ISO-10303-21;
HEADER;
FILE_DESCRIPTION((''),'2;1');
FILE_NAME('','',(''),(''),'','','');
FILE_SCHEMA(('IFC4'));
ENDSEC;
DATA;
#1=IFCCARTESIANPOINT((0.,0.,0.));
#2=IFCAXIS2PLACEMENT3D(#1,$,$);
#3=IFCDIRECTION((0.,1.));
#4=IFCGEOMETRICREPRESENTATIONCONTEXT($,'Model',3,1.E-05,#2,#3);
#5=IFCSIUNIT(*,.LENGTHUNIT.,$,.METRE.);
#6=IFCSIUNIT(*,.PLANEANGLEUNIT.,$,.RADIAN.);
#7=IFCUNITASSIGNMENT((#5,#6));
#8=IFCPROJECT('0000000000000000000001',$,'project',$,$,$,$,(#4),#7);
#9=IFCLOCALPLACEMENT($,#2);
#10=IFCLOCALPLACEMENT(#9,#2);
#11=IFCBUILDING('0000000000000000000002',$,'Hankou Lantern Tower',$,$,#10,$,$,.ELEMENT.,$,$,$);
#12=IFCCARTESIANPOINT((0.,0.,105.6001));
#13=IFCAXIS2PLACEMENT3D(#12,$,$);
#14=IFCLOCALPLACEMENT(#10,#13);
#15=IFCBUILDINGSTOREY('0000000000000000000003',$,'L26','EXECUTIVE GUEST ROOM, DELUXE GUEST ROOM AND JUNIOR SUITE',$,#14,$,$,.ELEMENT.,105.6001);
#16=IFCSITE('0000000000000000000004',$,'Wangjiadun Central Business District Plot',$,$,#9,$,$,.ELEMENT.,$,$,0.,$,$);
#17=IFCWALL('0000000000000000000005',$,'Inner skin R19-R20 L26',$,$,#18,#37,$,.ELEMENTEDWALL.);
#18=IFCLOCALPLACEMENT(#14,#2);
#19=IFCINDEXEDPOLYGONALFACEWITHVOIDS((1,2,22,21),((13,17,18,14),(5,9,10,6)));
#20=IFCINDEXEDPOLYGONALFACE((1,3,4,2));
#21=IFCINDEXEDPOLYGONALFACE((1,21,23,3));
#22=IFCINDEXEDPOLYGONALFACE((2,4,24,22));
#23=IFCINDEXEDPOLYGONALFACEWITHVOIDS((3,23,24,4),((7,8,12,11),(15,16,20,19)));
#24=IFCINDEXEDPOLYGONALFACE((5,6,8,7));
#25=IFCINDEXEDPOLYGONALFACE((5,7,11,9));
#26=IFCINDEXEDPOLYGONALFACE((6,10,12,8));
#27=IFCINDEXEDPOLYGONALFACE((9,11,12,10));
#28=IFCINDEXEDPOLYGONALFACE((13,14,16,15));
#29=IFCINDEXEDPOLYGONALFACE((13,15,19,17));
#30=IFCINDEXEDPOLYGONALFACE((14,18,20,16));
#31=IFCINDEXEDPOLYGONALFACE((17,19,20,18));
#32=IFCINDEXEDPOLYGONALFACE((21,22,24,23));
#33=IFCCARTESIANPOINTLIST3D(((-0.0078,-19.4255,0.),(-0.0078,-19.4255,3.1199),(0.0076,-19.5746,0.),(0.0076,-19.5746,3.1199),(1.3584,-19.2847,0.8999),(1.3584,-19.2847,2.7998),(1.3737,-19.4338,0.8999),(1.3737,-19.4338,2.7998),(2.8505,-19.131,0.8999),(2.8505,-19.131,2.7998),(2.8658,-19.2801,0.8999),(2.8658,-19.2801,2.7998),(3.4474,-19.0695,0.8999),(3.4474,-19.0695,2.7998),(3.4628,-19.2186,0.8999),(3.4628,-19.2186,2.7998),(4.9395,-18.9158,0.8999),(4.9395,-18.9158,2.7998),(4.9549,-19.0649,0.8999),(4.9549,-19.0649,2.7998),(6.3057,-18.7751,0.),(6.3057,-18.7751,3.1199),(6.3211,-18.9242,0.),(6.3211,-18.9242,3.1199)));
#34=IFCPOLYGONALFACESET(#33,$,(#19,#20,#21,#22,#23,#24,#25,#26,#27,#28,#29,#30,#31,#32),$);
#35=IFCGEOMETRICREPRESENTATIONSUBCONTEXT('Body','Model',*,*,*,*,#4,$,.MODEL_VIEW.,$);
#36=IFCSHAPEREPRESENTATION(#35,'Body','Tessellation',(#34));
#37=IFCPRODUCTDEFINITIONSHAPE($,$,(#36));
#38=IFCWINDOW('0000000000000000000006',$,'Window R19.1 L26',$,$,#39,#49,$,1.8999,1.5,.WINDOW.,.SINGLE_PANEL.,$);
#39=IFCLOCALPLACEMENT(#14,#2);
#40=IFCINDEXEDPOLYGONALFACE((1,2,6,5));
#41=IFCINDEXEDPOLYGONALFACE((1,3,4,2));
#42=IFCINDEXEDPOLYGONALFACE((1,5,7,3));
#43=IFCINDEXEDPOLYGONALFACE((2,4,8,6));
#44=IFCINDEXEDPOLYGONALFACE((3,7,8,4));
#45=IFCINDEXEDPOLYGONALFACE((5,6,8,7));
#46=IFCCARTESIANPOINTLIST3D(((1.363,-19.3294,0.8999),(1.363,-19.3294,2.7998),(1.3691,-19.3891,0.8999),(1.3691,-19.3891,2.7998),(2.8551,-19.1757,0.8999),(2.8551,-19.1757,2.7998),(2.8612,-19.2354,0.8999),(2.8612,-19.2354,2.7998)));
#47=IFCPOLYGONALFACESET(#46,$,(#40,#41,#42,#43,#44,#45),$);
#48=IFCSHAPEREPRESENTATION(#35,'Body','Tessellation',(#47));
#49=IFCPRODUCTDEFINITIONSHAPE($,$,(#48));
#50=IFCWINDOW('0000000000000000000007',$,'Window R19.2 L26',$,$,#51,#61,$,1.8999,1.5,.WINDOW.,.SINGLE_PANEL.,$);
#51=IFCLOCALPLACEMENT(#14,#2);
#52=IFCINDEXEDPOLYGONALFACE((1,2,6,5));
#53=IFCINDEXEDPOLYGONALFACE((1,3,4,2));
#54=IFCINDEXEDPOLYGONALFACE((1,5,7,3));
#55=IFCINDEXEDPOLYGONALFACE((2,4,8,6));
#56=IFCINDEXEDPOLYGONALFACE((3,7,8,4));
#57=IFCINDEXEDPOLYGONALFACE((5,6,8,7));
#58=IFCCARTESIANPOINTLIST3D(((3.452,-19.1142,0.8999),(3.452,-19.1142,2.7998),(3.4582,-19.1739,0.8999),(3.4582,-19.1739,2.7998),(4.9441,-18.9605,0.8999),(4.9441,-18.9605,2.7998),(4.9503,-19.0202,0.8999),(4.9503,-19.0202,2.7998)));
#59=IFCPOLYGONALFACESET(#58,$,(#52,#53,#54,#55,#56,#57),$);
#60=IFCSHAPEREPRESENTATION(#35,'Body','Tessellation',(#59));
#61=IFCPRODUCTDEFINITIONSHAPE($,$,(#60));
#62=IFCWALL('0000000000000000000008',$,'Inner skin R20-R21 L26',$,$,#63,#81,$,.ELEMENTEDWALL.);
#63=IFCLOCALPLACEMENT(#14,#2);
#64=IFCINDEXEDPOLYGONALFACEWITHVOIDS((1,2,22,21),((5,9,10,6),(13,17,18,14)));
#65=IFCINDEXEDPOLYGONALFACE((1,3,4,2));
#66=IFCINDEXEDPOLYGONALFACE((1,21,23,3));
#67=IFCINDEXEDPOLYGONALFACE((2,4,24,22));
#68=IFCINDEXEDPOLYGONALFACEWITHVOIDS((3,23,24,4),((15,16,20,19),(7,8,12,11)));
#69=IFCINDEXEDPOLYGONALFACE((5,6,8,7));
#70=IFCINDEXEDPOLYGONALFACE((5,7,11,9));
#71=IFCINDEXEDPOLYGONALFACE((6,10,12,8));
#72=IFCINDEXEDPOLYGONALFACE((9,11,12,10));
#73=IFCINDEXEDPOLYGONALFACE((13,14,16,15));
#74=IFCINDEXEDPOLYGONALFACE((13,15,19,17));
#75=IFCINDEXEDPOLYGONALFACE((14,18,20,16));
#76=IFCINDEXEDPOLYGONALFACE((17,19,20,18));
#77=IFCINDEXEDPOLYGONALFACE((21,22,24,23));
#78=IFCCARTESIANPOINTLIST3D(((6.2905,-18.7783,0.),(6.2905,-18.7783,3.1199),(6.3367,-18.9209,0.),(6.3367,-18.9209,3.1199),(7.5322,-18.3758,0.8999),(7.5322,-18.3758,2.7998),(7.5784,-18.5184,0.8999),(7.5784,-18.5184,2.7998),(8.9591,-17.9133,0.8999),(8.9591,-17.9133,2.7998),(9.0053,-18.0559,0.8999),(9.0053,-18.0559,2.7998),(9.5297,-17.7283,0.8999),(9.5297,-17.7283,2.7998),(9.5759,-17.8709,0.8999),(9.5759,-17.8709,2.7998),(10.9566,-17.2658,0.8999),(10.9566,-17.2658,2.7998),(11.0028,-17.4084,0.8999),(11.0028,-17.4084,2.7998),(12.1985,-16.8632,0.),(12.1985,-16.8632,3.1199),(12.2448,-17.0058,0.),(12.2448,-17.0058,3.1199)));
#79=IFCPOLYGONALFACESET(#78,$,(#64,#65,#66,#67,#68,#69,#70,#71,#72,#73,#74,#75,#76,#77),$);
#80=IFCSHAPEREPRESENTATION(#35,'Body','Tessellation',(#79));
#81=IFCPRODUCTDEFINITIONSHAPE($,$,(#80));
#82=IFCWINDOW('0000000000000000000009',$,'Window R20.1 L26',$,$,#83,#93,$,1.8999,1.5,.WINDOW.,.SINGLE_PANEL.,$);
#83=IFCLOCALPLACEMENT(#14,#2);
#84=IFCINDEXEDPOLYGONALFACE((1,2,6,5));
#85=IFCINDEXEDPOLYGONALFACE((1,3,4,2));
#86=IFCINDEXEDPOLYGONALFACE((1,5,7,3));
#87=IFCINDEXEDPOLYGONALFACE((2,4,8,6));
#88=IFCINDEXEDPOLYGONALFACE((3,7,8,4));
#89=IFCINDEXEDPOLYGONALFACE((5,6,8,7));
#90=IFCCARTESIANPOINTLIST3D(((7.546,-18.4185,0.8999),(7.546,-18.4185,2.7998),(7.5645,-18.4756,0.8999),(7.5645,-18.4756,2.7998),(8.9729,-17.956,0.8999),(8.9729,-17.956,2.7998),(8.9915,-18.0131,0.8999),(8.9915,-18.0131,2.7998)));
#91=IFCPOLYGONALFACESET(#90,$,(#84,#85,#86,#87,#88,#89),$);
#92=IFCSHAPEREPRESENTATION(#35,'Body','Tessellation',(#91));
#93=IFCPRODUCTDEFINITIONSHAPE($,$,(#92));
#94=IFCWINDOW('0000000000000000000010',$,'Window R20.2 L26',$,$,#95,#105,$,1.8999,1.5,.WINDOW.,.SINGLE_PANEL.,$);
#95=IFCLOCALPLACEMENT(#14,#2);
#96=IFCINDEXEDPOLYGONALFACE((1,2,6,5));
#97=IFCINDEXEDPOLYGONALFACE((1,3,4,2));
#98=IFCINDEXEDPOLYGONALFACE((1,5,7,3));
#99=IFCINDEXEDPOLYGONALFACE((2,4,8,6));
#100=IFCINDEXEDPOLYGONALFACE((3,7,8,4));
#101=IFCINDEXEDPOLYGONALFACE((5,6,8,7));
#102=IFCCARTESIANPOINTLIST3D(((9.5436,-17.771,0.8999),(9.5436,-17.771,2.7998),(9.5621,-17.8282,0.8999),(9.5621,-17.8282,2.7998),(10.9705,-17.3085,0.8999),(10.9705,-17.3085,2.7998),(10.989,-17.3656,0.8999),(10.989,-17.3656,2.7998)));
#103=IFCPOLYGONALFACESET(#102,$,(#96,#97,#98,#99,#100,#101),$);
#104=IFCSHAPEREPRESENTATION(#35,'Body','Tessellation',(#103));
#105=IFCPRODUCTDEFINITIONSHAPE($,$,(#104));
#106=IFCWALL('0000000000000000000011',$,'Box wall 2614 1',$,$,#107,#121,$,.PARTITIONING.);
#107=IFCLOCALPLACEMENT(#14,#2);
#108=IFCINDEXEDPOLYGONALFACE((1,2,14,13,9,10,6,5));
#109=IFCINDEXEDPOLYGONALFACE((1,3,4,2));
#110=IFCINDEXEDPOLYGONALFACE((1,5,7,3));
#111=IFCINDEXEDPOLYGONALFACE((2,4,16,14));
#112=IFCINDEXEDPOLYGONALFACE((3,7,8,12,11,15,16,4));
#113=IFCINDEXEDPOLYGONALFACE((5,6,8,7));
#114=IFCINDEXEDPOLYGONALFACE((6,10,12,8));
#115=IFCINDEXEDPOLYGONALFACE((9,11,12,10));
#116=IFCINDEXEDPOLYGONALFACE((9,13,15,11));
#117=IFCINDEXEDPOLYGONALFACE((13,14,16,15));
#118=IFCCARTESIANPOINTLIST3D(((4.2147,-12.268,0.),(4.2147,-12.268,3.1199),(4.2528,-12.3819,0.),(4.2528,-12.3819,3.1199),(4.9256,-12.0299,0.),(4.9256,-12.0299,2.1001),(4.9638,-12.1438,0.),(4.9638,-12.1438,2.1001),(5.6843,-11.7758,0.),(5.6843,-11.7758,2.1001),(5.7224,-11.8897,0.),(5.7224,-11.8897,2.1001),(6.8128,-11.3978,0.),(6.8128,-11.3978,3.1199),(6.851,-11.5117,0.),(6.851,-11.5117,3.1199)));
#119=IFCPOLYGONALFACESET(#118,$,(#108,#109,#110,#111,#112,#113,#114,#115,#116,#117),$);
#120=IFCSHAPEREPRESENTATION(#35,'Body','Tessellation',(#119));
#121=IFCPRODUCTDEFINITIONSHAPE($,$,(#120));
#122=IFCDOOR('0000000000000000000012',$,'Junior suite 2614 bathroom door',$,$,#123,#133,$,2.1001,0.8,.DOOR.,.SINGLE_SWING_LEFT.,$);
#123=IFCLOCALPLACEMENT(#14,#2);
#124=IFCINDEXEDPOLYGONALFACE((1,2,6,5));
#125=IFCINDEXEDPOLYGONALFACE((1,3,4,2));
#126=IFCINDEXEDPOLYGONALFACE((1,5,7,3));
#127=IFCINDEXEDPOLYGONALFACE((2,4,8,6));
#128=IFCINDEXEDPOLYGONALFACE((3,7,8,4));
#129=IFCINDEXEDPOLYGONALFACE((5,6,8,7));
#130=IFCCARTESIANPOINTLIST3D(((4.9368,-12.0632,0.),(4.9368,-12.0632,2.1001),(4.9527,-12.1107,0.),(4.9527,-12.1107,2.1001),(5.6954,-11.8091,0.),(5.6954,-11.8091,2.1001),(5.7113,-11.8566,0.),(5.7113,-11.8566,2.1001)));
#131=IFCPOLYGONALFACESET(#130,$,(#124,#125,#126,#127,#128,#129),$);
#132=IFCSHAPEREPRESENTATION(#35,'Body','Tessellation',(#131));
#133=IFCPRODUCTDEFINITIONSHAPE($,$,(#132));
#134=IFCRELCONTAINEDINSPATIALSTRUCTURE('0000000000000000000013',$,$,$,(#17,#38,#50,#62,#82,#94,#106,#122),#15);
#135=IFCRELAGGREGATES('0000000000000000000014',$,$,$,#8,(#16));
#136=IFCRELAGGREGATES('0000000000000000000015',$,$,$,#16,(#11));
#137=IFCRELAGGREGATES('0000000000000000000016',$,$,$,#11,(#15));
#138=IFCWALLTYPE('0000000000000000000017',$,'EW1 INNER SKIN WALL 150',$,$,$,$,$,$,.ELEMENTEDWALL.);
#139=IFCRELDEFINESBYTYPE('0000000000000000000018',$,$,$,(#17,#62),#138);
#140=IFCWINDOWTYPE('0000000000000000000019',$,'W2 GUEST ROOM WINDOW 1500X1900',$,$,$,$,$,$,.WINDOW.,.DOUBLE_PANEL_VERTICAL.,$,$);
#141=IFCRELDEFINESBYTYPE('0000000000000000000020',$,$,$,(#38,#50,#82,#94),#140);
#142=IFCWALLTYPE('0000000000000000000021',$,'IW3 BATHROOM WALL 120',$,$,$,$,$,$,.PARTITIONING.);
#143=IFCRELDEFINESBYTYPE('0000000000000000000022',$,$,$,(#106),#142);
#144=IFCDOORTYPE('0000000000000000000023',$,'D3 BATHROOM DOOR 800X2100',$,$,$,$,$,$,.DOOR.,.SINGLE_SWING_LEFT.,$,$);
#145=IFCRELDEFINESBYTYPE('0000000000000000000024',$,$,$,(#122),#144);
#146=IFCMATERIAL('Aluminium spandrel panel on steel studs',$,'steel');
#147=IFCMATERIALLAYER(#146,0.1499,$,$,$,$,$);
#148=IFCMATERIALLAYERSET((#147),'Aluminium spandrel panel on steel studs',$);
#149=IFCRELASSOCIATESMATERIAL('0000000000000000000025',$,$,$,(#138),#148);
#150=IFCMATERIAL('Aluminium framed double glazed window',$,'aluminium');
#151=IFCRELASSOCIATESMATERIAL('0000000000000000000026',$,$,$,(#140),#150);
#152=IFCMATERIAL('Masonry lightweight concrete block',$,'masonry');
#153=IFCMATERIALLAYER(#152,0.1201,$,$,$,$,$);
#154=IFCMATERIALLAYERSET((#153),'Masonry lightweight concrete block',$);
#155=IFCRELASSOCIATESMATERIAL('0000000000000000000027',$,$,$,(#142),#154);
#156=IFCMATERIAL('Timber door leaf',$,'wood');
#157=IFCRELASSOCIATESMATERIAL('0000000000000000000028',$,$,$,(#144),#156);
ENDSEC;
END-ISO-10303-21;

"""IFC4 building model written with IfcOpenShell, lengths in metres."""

from ifc_helpers import new_model, si_unit, direction, frame, frame_2d, origin, place, context, subcontext, project, spatial, rectangle, extrude, material, layer, layer_set, type_object, element, fill, save


model = new_model("IFC4")

# Units and contexts
model_context = context("Model", 3, precision=1e-05, world=origin(), true_north=direction((0.0, 1.0)))
body_context = subcontext(model_context, "Body", "Model", "MODEL_VIEW")
ifc_project = project(units=[si_unit("LENGTHUNIT", "METRE"), si_unit("PLANEANGLEUNIT", "RADIAN")], contexts=[model_context])

# Site, building, storey
site_placement = place(None, origin())
site = spatial("IfcSite", under=ifc_project, at=site_placement, Name="Wangjiadun Central Business District Plot", CompositionType="ELEMENT", RefElevation=0.0)
building_placement = place(site_placement, origin())
building = spatial("IfcBuilding", under=site, at=building_placement, Name="Hankou Lantern Tower", CompositionType="ELEMENT")
storey_placement = place(building_placement, frame((0.0, 0.0, 105.6001)))
storey = spatial("IfcBuildingStorey", under=building, at=storey_placement, Name="L26", Description="EXECUTIVE GUEST ROOM, DELUXE GUEST ROOM AND JUNIOR SUITE", CompositionType="ELEMENT", Elevation=105.6001)

# Walls, openings, windows
ifc_material_1 = material(Name="Aluminium spandrel panel on steel studs", Category="steel")
ifc_layer_1 = layer(ifc_material_1, 0.1499)
ifc_layer_set_1 = layer_set([ifc_layer_1], Name="Aluminium spandrel panel on steel studs")
wall_type_1 = type_object("IfcWallType", Name="EW1 INNER SKIN WALL 150", PredefinedType="ELEMENTEDWALL", material=ifc_layer_set_1)
wall_1_placement = place(storey_placement, frame((0.0, -19.5, 0.0), z_axis=(0.0, 0.0, 1.0), x_axis=(0.994736, 0.102474, 0.0)))
wall_1 = element("IfcWall", 1, at=wall_1_placement, inside=storey, type_object=wall_type_1, Name="Inner skin R19-R20 L26", PredefinedType="ELEMENTEDWALL", context=body_context, shape_type="SweptSolid", body=[
    extrude(rectangle(XDim=6.3469, YDim=0.1499, at=frame_2d((3.1733, 0.0))), origin(), (0.0, 0.0, 1.0), 3.1199),
])
opening_1_placement = place(wall_1_placement, frame((1.3733, 0.0, 0.8999)))
opening_1 = element("IfcOpeningElement", 2, at=opening_1_placement, cuts=wall_1, PredefinedType="OPENING", context=body_context, shape_type="SweptSolid", body=[
    extrude(rectangle(XDim=1.5, YDim=1.8999, at=frame_2d((0.75, 0.95))), frame((0.0, 0.085, 0.0), z_axis=(0.0, -1.0, 0.0), x_axis=(1.0, 0.0, 0.0)), (0.0, 0.0, 1.0), 0.1699),
])
opening_2_placement = place(wall_1_placement, frame((3.4734, 0.0, 0.8999)))
opening_2 = element("IfcOpeningElement", 3, at=opening_2_placement, cuts=wall_1, PredefinedType="OPENING", context=body_context, shape_type="SweptSolid", body=[
    extrude(rectangle(XDim=1.5, YDim=1.8999, at=frame_2d((0.75, 0.95))), frame((0.0, 0.085, 0.0), z_axis=(0.0, -1.0, 0.0), x_axis=(1.0, 0.0, 0.0)), (0.0, 0.0, 1.0), 0.1699),
])
ifc_material_2 = material(Name="Aluminium framed double glazed window", Category="aluminium")
window_type = type_object("IfcWindowType", Name="W2 GUEST ROOM WINDOW 1500X1900", PartitioningType="DOUBLE_PANEL_VERTICAL", PredefinedType="WINDOW", material=ifc_material_2)
window_1_placement = place(opening_1_placement, origin())
window_1 = element("IfcWindow", 4, at=window_1_placement, inside=storey, type_object=window_type, Name="Window R19.1 L26", OverallHeight=1.8999, OverallWidth=1.5, PartitioningType="SINGLE_PANEL", PredefinedType="WINDOW", context=body_context, shape_type="SweptSolid", body=[
    extrude(rectangle(XDim=1.5, YDim=1.8999, at=frame_2d((0.75, 0.95))), frame((0.0, 0.03, 0.0), z_axis=(0.0, -1.0, 0.0), x_axis=(1.0, 0.0, 0.0)), (0.0, 0.0, 1.0), 0.0601),
])
fill(opening_1, window_1)
window_2_placement = place(opening_2_placement, origin())
window_2 = element("IfcWindow", 5, at=window_2_placement, inside=storey, type_object=window_type, Name="Window R19.2 L26", OverallHeight=1.8999, OverallWidth=1.5, PartitioningType="SINGLE_PANEL", PredefinedType="WINDOW", context=body_context, shape_type="SweptSolid", body=[
    extrude(rectangle(XDim=1.5, YDim=1.8999, at=frame_2d((0.75, 0.95))), frame((0.0, 0.03, 0.0), z_axis=(0.0, -1.0, 0.0), x_axis=(1.0, 0.0, 0.0)), (0.0, 0.0, 1.0), 0.0601),
])
fill(opening_2, window_2)
wall_2_placement = place(storey_placement, frame((6.3135, -18.8496, 0.0), z_axis=(0.0, 0.0, 1.0), x_axis=(0.951273, 0.308351, 0.0)))
wall_2 = element("IfcWall", 6, at=wall_2_placement, inside=storey, type_object=wall_type_1, Name="Inner skin R20-R21 L26", PredefinedType="ELEMENTEDWALL", context=body_context, shape_type="SweptSolid", body=[
    extrude(rectangle(XDim=6.2107, YDim=0.1499, at=frame_2d((3.1055, 0.0))), origin(), (0.0, 0.0, 1.0), 3.1199),
])
opening_3_placement = place(wall_2_placement, frame((1.3054, 0.0, 0.8999)))
opening_3 = element("IfcOpeningElement", 7, at=opening_3_placement, cuts=wall_2, PredefinedType="OPENING", context=body_context, shape_type="SweptSolid", body=[
    extrude(rectangle(XDim=1.5, YDim=1.8999, at=frame_2d((0.75, 0.95))), frame((0.0, 0.085, 0.0), z_axis=(0.0, -1.0, 0.0), x_axis=(1.0, 0.0, 0.0)), (0.0, 0.0, 1.0), 0.1699),
])
opening_4_placement = place(wall_2_placement, frame((3.4053, 0.0, 0.8999)))
opening_4 = element("IfcOpeningElement", 8, at=opening_4_placement, cuts=wall_2, PredefinedType="OPENING", context=body_context, shape_type="SweptSolid", body=[
    extrude(rectangle(XDim=1.5, YDim=1.8999, at=frame_2d((0.75, 0.95))), frame((0.0, 0.085, 0.0), z_axis=(0.0, -1.0, 0.0), x_axis=(1.0, 0.0, 0.0)), (0.0, 0.0, 1.0), 0.1699),
])
window_3_placement = place(opening_3_placement, origin())
window_3 = element("IfcWindow", 9, at=window_3_placement, inside=storey, type_object=window_type, Name="Window R20.1 L26", OverallHeight=1.8999, OverallWidth=1.5, PartitioningType="SINGLE_PANEL", PredefinedType="WINDOW", context=body_context, shape_type="SweptSolid", body=[
    extrude(rectangle(XDim=1.5, YDim=1.8999, at=frame_2d((0.75, 0.95))), frame((0.0, 0.03, 0.0), z_axis=(0.0, -1.0, 0.0), x_axis=(1.0, 0.0, 0.0)), (0.0, 0.0, 1.0), 0.0601),
])
fill(opening_3, window_3)
window_4_placement = place(opening_4_placement, origin())
window_4 = element("IfcWindow", 10, at=window_4_placement, inside=storey, type_object=window_type, Name="Window R20.2 L26", OverallHeight=1.8999, OverallWidth=1.5, PartitioningType="SINGLE_PANEL", PredefinedType="WINDOW", context=body_context, shape_type="SweptSolid", body=[
    extrude(rectangle(XDim=1.5, YDim=1.8999, at=frame_2d((0.75, 0.95))), frame((0.0, 0.03, 0.0), z_axis=(0.0, -1.0, 0.0), x_axis=(1.0, 0.0, 0.0)), (0.0, 0.0, 1.0), 0.0601),
])
fill(opening_4, window_4)

# Wall, opening, door
ifc_material_3 = material(Name="Masonry lightweight concrete block", Category="masonry")
ifc_layer_2 = layer(ifc_material_3, 0.1201)
ifc_layer_set_2 = layer_set([ifc_layer_2], Name="Masonry lightweight concrete block")
wall_type_2 = type_object("IfcWallType", Name="IW3 BATHROOM WALL 120", PredefinedType="PARTITIONING", material=ifc_layer_set_2)
wall_3_placement = place(storey_placement, frame((4.2336, -12.325, 0.0), z_axis=(0.0, 0.0, 1.0), x_axis=(0.948237, 0.317564, 0.0)))
wall_3 = element("IfcWall", 11, at=wall_3_placement, inside=storey, type_object=wall_type_2, Name="Box wall 2614 1", PredefinedType="PARTITIONING", context=body_context, shape_type="SweptSolid", body=[
    extrude(rectangle(XDim=2.74, YDim=0.1201, at=frame_2d((1.3701, 0.0))), origin(), (0.0, 0.0, 1.0), 3.1199),
])
opening_5_placement = place(wall_3_placement, frame((0.75, 0.0, 0.0)))
opening_5 = element("IfcOpeningElement", 12, at=opening_5_placement, cuts=wall_3, PredefinedType="OPENING", context=body_context, shape_type="SweptSolid", body=[
    extrude(rectangle(XDim=0.8, YDim=2.1001, at=frame_2d((0.3999, 1.05))), frame((0.0, 0.0701, 0.0), z_axis=(0.0, -1.0, 0.0), x_axis=(1.0, 0.0, 0.0)), (0.0, 0.0, 1.0), 0.1401),
])
ifc_material_4 = material(Name="Timber door leaf", Category="wood")
door_type = type_object("IfcDoorType", Name="D3 BATHROOM DOOR 800X2100", OperationType="SINGLE_SWING_LEFT", PredefinedType="DOOR", material=ifc_material_4)
door_placement = place(opening_5_placement, origin())
door = element("IfcDoor", 13, at=door_placement, inside=storey, type_object=door_type, Name="Junior suite 2614 bathroom door", OperationType="SINGLE_SWING_LEFT", OverallHeight=2.1001, OverallWidth=0.8, PredefinedType="DOOR", context=body_context, shape_type="SweptSolid", body=[
    extrude(rectangle(XDim=0.8, YDim=2.1001, at=frame_2d((0.3999, 1.05))), frame((0.0, 0.0249, 0.0), z_axis=(0.0, -1.0, 0.0), x_axis=(1.0, 0.0, 0.0)), (0.0, 0.0, 1.0), 0.05),
])
fill(opening_5, door)

save(model, "model.ifc")
